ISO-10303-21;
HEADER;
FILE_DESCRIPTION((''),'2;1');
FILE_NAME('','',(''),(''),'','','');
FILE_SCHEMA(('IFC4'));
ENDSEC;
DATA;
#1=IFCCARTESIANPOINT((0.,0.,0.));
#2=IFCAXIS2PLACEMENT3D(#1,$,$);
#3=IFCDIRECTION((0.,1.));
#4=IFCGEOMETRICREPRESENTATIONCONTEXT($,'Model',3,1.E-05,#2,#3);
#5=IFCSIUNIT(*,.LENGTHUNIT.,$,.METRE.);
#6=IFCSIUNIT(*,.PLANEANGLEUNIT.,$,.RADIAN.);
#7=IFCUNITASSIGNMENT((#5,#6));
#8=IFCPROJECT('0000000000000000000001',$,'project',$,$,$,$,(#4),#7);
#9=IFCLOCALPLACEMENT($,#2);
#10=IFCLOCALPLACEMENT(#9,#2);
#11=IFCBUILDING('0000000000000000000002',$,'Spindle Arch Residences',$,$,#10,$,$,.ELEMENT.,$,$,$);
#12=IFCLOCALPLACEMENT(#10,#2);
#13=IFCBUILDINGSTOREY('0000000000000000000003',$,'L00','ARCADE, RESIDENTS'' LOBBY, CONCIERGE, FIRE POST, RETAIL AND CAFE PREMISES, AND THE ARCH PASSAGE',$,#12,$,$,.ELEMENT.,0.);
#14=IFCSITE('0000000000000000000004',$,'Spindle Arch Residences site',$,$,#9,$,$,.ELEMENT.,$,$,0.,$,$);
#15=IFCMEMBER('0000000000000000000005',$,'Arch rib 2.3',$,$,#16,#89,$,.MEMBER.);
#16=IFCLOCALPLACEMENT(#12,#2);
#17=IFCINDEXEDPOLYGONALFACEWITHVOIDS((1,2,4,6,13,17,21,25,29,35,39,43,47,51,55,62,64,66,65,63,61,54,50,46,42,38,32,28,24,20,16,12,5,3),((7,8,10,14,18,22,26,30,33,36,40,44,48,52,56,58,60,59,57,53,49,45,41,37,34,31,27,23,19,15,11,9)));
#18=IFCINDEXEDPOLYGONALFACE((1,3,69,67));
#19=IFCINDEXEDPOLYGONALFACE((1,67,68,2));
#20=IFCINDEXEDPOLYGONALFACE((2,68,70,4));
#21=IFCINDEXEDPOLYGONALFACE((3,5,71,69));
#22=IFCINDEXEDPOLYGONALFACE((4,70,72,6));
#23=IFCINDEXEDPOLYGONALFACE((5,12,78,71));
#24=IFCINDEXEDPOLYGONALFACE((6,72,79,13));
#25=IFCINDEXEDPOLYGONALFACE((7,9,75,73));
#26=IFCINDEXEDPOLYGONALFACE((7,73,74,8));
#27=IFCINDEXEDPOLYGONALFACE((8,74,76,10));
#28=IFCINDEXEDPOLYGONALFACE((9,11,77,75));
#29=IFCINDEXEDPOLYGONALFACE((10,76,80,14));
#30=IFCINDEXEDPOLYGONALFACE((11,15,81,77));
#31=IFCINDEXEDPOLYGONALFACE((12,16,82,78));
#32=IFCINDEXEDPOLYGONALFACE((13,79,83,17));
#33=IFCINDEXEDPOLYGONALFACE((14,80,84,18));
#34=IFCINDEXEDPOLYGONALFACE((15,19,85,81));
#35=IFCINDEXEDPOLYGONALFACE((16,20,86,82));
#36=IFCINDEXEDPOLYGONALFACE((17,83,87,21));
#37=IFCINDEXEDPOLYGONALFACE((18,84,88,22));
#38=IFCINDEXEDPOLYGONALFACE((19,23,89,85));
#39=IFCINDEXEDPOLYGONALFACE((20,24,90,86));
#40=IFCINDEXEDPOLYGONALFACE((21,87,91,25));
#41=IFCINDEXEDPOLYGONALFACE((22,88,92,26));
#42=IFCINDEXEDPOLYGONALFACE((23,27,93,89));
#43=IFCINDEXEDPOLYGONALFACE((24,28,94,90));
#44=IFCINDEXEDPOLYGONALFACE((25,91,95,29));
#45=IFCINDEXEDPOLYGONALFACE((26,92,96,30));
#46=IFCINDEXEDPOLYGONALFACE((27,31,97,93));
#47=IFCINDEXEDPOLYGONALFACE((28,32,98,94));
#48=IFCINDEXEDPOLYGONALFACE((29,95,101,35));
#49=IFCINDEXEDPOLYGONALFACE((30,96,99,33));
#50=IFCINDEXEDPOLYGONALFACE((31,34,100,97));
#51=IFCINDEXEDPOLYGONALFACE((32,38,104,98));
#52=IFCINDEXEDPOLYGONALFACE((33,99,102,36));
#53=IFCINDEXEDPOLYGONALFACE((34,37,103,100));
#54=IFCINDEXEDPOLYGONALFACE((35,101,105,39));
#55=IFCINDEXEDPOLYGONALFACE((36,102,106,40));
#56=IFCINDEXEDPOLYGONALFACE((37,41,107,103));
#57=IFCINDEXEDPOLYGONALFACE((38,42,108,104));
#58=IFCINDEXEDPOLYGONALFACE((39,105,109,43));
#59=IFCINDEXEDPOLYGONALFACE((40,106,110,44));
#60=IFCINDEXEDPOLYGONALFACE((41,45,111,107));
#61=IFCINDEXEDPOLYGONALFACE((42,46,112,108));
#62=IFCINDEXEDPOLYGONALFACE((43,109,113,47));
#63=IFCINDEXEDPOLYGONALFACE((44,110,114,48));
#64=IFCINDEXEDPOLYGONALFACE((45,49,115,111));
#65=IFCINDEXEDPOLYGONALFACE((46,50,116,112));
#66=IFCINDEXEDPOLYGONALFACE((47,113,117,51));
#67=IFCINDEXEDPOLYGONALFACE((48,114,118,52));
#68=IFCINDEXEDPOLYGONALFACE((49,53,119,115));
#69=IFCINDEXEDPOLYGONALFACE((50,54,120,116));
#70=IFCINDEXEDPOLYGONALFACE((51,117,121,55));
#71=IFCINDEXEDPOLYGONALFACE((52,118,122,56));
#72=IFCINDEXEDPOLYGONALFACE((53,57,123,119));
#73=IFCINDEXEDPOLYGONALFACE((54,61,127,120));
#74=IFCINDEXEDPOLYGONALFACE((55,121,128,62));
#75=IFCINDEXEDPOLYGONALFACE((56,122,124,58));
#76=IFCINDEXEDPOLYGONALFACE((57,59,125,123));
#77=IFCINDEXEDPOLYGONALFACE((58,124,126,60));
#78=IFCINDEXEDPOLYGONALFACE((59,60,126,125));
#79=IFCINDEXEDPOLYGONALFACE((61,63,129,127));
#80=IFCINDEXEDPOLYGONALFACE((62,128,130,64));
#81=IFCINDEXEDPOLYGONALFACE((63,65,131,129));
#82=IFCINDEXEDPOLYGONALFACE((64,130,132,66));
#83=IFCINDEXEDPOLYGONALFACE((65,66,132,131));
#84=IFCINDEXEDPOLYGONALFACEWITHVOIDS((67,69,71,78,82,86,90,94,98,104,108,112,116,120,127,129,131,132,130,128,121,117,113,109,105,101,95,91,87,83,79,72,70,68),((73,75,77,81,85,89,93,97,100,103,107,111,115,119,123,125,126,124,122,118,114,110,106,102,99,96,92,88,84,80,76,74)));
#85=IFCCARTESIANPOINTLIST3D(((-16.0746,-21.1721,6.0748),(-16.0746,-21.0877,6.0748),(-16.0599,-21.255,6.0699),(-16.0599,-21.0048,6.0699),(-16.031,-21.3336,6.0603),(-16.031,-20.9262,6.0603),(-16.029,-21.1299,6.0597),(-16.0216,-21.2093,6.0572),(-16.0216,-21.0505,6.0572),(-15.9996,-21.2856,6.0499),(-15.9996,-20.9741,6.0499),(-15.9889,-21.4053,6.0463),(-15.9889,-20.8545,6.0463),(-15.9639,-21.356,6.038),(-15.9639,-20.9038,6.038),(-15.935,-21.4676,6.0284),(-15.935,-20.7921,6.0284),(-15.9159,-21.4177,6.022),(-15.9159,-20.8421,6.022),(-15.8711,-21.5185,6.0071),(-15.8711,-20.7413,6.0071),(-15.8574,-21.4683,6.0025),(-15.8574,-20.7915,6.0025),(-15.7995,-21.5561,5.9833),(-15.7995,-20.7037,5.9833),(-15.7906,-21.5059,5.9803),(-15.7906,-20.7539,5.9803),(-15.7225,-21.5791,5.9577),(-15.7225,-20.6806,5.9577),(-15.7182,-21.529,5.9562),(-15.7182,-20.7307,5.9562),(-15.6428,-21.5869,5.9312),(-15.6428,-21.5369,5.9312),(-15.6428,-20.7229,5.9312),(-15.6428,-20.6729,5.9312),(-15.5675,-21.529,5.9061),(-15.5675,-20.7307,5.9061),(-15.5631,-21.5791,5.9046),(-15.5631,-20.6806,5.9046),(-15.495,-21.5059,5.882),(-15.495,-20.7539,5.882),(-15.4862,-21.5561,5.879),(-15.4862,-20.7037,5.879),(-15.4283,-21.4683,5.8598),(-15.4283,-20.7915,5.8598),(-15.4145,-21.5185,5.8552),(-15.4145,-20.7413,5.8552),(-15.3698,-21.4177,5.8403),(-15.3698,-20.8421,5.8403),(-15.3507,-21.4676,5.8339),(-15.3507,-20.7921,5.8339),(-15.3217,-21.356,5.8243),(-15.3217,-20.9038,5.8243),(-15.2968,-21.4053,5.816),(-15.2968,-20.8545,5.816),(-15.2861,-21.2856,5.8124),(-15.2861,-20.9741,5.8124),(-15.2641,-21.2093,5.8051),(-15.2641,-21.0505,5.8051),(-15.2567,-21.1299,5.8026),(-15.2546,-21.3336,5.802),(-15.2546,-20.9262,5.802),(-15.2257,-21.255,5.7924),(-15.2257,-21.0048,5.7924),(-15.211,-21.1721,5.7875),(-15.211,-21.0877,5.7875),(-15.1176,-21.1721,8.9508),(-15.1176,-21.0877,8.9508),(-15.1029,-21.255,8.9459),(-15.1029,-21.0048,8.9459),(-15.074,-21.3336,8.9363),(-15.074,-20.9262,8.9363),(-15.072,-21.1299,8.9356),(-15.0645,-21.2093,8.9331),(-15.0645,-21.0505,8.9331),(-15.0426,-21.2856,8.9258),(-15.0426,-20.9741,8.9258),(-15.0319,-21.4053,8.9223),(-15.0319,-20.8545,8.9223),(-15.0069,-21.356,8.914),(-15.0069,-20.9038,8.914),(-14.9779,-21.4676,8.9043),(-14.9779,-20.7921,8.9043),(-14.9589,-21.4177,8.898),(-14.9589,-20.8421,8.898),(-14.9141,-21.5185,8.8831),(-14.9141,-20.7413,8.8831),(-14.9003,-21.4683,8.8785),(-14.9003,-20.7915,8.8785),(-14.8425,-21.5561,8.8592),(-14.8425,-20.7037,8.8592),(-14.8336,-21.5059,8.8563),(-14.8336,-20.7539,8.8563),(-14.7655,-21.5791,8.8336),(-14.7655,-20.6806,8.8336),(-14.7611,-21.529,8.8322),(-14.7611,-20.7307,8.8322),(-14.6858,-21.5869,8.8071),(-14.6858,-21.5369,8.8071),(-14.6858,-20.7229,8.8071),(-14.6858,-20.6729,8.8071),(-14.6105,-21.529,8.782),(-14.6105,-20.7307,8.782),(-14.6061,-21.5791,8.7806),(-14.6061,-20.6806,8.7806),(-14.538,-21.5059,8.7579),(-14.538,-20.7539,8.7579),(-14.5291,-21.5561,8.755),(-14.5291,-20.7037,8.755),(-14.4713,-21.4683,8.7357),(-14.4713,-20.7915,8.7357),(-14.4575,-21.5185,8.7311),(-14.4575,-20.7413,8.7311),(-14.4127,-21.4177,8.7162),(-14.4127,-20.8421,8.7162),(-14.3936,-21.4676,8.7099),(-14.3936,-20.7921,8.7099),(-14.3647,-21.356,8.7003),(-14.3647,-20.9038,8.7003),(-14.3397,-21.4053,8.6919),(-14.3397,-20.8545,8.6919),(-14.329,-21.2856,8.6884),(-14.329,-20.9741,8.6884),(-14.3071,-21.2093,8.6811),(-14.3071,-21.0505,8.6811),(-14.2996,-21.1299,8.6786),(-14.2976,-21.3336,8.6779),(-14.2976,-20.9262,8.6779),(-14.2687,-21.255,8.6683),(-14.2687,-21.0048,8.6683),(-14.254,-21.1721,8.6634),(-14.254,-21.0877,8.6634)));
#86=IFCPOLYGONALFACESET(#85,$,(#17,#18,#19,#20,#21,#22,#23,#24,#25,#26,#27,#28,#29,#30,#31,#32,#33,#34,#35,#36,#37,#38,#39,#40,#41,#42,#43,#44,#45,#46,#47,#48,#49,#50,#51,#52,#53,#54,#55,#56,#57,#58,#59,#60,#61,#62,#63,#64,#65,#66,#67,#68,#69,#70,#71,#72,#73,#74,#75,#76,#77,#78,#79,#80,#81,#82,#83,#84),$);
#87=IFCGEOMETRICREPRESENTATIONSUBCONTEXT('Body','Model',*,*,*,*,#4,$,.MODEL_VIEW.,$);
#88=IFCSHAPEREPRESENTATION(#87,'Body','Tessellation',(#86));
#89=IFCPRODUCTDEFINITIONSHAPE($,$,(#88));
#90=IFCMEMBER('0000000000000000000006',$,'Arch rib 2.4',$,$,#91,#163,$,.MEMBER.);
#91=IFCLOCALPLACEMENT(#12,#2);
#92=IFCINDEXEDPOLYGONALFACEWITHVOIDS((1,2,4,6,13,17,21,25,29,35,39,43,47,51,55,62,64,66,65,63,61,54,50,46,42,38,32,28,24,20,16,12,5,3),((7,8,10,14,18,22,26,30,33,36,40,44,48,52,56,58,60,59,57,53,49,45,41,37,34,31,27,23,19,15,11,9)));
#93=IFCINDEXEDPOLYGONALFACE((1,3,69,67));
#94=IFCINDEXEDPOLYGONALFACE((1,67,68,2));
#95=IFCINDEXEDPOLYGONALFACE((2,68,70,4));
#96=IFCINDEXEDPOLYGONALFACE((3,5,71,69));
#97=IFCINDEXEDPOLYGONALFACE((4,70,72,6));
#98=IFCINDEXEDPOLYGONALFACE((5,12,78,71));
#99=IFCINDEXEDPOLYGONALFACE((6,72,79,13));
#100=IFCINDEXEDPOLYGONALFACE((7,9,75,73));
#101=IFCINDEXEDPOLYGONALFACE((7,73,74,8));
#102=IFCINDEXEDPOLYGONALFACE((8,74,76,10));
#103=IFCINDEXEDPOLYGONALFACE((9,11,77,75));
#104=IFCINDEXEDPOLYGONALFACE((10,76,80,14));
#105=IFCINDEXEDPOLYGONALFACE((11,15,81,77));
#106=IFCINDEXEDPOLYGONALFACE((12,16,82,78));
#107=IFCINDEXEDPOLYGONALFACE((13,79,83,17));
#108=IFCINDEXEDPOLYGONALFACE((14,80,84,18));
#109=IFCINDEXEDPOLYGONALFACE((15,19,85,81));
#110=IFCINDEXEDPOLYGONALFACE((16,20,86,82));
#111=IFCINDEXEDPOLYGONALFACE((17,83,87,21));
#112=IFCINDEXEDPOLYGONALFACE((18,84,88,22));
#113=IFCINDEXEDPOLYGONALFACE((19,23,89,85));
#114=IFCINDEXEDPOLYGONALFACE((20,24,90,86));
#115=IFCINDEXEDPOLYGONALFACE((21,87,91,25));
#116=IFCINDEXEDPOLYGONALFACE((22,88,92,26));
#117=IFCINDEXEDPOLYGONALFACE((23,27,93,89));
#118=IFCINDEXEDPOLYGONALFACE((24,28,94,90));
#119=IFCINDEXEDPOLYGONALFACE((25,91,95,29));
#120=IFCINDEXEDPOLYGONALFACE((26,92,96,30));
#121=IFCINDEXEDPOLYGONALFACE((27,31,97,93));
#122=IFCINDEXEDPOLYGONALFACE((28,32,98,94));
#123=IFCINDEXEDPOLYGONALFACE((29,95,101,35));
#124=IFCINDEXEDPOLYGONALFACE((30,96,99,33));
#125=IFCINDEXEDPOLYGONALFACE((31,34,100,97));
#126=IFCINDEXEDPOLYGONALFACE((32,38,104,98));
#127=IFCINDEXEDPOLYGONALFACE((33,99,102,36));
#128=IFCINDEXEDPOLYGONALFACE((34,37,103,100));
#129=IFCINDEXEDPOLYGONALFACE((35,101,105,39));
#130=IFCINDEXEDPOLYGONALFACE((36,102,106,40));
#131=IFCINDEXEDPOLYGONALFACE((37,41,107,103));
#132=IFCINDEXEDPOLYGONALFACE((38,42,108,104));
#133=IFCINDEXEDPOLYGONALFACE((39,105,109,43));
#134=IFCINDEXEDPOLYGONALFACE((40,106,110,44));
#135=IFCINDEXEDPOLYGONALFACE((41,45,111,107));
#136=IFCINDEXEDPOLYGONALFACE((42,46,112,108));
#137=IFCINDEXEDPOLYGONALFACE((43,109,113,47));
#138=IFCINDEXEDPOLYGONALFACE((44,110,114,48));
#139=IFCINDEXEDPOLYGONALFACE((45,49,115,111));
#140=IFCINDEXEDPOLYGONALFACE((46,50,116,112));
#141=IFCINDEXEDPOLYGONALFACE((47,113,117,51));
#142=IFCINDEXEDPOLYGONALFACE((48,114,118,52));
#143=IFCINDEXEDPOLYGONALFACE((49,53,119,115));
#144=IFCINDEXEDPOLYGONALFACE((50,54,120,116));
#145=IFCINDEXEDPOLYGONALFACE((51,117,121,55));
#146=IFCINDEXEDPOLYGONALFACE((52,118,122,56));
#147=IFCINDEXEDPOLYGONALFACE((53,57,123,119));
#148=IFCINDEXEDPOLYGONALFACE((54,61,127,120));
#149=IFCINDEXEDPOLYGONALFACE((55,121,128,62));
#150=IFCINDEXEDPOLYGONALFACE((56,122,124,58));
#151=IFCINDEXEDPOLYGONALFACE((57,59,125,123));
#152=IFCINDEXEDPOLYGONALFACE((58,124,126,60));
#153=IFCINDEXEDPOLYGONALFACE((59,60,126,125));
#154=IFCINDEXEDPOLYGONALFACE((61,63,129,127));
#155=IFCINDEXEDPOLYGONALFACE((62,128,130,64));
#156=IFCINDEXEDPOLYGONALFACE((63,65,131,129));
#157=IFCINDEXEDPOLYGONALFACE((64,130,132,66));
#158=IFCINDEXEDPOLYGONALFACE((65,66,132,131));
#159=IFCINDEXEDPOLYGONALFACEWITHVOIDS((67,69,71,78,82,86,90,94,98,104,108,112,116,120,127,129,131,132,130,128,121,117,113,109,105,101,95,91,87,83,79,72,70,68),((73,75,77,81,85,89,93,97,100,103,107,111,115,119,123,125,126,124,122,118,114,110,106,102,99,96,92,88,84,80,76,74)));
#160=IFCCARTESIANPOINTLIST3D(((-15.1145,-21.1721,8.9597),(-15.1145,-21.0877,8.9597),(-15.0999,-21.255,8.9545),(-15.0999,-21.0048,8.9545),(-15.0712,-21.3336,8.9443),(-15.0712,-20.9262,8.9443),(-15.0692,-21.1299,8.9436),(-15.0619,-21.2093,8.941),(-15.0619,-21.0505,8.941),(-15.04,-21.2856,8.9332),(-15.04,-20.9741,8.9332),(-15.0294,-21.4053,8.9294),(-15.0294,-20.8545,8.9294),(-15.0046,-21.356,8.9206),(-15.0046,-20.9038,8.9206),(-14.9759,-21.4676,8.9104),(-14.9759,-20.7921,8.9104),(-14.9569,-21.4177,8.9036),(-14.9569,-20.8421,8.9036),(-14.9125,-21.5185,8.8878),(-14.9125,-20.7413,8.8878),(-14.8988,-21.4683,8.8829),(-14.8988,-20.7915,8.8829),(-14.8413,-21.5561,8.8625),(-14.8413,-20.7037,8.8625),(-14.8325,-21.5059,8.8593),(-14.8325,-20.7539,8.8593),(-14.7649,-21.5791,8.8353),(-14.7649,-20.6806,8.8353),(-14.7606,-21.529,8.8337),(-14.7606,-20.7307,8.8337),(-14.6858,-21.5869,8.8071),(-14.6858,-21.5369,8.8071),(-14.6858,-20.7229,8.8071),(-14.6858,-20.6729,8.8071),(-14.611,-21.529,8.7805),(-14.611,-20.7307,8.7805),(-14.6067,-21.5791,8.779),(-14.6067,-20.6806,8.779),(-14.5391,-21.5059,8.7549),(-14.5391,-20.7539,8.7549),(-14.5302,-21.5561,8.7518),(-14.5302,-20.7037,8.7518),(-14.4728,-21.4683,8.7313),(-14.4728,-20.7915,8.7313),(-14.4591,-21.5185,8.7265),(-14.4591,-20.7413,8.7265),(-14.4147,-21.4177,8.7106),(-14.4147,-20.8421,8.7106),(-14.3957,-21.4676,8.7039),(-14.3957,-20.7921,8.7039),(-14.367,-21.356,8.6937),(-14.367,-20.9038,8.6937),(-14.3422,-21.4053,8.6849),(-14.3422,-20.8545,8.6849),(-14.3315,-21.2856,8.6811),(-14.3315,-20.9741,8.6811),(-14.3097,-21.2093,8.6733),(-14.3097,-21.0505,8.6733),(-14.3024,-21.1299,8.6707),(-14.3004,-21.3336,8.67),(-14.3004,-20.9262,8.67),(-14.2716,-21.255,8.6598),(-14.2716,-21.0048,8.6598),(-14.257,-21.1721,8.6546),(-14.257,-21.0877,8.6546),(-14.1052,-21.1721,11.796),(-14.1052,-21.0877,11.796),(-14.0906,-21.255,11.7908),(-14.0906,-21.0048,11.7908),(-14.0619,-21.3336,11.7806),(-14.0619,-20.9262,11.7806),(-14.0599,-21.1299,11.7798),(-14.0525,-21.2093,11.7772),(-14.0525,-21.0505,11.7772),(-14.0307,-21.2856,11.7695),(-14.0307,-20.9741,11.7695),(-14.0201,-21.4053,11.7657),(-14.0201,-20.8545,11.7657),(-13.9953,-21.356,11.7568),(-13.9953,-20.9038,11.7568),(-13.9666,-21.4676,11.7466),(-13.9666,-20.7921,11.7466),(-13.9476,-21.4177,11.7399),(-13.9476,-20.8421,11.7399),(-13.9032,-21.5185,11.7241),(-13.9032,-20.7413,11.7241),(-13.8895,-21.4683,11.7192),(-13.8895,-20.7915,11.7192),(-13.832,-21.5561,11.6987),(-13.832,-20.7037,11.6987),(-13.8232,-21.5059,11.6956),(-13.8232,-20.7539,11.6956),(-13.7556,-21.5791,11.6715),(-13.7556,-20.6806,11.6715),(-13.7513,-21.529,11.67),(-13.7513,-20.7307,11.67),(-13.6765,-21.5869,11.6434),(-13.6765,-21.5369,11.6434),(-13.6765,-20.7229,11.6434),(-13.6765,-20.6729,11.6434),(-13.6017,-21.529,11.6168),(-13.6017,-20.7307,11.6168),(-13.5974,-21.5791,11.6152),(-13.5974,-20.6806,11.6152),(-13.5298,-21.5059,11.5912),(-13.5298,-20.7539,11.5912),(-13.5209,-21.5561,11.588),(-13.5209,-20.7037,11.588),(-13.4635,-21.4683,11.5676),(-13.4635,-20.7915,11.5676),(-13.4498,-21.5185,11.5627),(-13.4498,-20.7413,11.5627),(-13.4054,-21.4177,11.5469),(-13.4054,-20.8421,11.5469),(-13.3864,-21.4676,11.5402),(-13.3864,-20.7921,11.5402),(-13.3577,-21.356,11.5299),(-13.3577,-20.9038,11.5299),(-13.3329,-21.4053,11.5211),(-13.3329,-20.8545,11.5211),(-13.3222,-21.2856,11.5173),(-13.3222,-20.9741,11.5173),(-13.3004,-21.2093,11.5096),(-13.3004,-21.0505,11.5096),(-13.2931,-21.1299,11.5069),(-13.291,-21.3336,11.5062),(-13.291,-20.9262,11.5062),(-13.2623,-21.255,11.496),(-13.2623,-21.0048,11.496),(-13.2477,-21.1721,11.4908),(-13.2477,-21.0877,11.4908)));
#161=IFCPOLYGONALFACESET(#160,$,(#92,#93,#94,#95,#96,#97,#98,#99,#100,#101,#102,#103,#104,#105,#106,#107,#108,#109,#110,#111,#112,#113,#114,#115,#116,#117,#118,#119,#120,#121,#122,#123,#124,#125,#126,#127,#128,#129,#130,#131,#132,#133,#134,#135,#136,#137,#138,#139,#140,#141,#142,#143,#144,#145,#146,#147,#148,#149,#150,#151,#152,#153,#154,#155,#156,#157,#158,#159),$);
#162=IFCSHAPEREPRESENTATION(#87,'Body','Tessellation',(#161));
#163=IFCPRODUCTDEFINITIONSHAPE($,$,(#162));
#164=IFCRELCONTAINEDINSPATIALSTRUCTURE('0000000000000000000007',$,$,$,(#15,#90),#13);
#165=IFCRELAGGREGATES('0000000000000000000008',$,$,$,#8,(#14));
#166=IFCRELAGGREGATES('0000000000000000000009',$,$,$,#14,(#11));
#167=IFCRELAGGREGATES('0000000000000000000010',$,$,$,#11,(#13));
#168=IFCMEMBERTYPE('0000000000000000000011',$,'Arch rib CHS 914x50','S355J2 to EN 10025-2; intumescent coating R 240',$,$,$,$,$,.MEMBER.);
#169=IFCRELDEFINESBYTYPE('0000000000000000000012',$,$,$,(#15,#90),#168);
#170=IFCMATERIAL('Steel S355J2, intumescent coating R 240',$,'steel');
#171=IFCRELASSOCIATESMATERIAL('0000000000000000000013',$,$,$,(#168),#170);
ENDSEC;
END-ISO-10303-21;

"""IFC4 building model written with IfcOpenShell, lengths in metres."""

from ifc_helpers import new_model, si_unit, direction, frame, origin, origin_2d, place, context, subcontext, project, spatial, hollow_circle, extrude, material, material_profile, profile_set, type_object, element, save


model = new_model("IFC4")

# Units and contexts
model_context = context("Model", 3, precision=1e-05, world=origin(), true_north=direction((0.0, 1.0)))
body_context = subcontext(model_context, "Body", "Model", "MODEL_VIEW")
ifc_project = project(units=[si_unit("LENGTHUNIT", "METRE"), si_unit("PLANEANGLEUNIT", "RADIAN")], contexts=[model_context])

# Site, building, storey
site_placement = place(None, origin())
site = spatial("IfcSite", under=ifc_project, at=site_placement, Name="Spindle Arch Residences site", CompositionType="ELEMENT", RefElevation=0.0)
building_placement = place(site_placement, origin())
building = spatial("IfcBuilding", under=site, at=building_placement, Name="Spindle Arch Residences", CompositionType="ELEMENT")
storey_placement = place(building_placement, origin())
storey = spatial("IfcBuildingStorey", under=building, at=storey_placement, Name="L00", Description="ARCADE, RESIDENTS' LOBBY, CONCIERGE, FIRE POST, RETAIL AND CAFE PREMISES, AND THE ARCH PASSAGE", CompositionType="ELEMENT", Elevation=0.0)

# Members
ifc_material_1 = material(Name="Steel S355J2, intumescent coating R 240", Category="steel")
ifc_material_profile_1 = material_profile(ifc_material_1, hollow_circle(Radius=0.457, WallThickness=0.05, at=origin_2d()), Name="CHS 914x50")
ifc_profile_set_1 = profile_set([ifc_material_profile_1], Name="Steel S355J2, intumescent coating R 240")
member_type_1 = type_object("IfcMemberType", Name="Arch rib CHS 914x50", Description="S355J2 to EN 10025-2; intumescent coating R 240", PredefinedType="MEMBER", material=ifc_profile_set_1)
member_1_placement = place(storey_placement, frame((-15.6428, -21.1299, 5.9312), z_axis=(0.315744, 0.0, 0.948844), x_axis=(0.0, 1.0, 0.0)))
element("IfcMember", 1, at=member_1_placement, inside=storey, type_object=member_type_1, Name="Arch rib 2.3", PredefinedType="MEMBER", context=body_context, shape_type="SweptSolid", body=[
    extrude(hollow_circle(Radius=0.457, WallThickness=0.05, at=origin_2d()), origin(), (0.0, 0.0, 1.0), 3.031),
])
member_2_placement = place(storey_placement, frame((-14.6858, -21.1299, 8.8071), z_axis=(0.335262, 0.0, 0.942125), x_axis=(0.0, 1.0, 0.0)))
element("IfcMember", 2, at=member_2_placement, inside=storey, type_object=member_type_1, Name="Arch rib 2.4", PredefinedType="MEMBER", context=body_context, shape_type="SweptSolid", body=[
    extrude(hollow_circle(Radius=0.457, WallThickness=0.05, at=origin_2d()), origin(), (0.0, 0.0, 1.0), 3.0105),
])

save(model, "model.ifc")
